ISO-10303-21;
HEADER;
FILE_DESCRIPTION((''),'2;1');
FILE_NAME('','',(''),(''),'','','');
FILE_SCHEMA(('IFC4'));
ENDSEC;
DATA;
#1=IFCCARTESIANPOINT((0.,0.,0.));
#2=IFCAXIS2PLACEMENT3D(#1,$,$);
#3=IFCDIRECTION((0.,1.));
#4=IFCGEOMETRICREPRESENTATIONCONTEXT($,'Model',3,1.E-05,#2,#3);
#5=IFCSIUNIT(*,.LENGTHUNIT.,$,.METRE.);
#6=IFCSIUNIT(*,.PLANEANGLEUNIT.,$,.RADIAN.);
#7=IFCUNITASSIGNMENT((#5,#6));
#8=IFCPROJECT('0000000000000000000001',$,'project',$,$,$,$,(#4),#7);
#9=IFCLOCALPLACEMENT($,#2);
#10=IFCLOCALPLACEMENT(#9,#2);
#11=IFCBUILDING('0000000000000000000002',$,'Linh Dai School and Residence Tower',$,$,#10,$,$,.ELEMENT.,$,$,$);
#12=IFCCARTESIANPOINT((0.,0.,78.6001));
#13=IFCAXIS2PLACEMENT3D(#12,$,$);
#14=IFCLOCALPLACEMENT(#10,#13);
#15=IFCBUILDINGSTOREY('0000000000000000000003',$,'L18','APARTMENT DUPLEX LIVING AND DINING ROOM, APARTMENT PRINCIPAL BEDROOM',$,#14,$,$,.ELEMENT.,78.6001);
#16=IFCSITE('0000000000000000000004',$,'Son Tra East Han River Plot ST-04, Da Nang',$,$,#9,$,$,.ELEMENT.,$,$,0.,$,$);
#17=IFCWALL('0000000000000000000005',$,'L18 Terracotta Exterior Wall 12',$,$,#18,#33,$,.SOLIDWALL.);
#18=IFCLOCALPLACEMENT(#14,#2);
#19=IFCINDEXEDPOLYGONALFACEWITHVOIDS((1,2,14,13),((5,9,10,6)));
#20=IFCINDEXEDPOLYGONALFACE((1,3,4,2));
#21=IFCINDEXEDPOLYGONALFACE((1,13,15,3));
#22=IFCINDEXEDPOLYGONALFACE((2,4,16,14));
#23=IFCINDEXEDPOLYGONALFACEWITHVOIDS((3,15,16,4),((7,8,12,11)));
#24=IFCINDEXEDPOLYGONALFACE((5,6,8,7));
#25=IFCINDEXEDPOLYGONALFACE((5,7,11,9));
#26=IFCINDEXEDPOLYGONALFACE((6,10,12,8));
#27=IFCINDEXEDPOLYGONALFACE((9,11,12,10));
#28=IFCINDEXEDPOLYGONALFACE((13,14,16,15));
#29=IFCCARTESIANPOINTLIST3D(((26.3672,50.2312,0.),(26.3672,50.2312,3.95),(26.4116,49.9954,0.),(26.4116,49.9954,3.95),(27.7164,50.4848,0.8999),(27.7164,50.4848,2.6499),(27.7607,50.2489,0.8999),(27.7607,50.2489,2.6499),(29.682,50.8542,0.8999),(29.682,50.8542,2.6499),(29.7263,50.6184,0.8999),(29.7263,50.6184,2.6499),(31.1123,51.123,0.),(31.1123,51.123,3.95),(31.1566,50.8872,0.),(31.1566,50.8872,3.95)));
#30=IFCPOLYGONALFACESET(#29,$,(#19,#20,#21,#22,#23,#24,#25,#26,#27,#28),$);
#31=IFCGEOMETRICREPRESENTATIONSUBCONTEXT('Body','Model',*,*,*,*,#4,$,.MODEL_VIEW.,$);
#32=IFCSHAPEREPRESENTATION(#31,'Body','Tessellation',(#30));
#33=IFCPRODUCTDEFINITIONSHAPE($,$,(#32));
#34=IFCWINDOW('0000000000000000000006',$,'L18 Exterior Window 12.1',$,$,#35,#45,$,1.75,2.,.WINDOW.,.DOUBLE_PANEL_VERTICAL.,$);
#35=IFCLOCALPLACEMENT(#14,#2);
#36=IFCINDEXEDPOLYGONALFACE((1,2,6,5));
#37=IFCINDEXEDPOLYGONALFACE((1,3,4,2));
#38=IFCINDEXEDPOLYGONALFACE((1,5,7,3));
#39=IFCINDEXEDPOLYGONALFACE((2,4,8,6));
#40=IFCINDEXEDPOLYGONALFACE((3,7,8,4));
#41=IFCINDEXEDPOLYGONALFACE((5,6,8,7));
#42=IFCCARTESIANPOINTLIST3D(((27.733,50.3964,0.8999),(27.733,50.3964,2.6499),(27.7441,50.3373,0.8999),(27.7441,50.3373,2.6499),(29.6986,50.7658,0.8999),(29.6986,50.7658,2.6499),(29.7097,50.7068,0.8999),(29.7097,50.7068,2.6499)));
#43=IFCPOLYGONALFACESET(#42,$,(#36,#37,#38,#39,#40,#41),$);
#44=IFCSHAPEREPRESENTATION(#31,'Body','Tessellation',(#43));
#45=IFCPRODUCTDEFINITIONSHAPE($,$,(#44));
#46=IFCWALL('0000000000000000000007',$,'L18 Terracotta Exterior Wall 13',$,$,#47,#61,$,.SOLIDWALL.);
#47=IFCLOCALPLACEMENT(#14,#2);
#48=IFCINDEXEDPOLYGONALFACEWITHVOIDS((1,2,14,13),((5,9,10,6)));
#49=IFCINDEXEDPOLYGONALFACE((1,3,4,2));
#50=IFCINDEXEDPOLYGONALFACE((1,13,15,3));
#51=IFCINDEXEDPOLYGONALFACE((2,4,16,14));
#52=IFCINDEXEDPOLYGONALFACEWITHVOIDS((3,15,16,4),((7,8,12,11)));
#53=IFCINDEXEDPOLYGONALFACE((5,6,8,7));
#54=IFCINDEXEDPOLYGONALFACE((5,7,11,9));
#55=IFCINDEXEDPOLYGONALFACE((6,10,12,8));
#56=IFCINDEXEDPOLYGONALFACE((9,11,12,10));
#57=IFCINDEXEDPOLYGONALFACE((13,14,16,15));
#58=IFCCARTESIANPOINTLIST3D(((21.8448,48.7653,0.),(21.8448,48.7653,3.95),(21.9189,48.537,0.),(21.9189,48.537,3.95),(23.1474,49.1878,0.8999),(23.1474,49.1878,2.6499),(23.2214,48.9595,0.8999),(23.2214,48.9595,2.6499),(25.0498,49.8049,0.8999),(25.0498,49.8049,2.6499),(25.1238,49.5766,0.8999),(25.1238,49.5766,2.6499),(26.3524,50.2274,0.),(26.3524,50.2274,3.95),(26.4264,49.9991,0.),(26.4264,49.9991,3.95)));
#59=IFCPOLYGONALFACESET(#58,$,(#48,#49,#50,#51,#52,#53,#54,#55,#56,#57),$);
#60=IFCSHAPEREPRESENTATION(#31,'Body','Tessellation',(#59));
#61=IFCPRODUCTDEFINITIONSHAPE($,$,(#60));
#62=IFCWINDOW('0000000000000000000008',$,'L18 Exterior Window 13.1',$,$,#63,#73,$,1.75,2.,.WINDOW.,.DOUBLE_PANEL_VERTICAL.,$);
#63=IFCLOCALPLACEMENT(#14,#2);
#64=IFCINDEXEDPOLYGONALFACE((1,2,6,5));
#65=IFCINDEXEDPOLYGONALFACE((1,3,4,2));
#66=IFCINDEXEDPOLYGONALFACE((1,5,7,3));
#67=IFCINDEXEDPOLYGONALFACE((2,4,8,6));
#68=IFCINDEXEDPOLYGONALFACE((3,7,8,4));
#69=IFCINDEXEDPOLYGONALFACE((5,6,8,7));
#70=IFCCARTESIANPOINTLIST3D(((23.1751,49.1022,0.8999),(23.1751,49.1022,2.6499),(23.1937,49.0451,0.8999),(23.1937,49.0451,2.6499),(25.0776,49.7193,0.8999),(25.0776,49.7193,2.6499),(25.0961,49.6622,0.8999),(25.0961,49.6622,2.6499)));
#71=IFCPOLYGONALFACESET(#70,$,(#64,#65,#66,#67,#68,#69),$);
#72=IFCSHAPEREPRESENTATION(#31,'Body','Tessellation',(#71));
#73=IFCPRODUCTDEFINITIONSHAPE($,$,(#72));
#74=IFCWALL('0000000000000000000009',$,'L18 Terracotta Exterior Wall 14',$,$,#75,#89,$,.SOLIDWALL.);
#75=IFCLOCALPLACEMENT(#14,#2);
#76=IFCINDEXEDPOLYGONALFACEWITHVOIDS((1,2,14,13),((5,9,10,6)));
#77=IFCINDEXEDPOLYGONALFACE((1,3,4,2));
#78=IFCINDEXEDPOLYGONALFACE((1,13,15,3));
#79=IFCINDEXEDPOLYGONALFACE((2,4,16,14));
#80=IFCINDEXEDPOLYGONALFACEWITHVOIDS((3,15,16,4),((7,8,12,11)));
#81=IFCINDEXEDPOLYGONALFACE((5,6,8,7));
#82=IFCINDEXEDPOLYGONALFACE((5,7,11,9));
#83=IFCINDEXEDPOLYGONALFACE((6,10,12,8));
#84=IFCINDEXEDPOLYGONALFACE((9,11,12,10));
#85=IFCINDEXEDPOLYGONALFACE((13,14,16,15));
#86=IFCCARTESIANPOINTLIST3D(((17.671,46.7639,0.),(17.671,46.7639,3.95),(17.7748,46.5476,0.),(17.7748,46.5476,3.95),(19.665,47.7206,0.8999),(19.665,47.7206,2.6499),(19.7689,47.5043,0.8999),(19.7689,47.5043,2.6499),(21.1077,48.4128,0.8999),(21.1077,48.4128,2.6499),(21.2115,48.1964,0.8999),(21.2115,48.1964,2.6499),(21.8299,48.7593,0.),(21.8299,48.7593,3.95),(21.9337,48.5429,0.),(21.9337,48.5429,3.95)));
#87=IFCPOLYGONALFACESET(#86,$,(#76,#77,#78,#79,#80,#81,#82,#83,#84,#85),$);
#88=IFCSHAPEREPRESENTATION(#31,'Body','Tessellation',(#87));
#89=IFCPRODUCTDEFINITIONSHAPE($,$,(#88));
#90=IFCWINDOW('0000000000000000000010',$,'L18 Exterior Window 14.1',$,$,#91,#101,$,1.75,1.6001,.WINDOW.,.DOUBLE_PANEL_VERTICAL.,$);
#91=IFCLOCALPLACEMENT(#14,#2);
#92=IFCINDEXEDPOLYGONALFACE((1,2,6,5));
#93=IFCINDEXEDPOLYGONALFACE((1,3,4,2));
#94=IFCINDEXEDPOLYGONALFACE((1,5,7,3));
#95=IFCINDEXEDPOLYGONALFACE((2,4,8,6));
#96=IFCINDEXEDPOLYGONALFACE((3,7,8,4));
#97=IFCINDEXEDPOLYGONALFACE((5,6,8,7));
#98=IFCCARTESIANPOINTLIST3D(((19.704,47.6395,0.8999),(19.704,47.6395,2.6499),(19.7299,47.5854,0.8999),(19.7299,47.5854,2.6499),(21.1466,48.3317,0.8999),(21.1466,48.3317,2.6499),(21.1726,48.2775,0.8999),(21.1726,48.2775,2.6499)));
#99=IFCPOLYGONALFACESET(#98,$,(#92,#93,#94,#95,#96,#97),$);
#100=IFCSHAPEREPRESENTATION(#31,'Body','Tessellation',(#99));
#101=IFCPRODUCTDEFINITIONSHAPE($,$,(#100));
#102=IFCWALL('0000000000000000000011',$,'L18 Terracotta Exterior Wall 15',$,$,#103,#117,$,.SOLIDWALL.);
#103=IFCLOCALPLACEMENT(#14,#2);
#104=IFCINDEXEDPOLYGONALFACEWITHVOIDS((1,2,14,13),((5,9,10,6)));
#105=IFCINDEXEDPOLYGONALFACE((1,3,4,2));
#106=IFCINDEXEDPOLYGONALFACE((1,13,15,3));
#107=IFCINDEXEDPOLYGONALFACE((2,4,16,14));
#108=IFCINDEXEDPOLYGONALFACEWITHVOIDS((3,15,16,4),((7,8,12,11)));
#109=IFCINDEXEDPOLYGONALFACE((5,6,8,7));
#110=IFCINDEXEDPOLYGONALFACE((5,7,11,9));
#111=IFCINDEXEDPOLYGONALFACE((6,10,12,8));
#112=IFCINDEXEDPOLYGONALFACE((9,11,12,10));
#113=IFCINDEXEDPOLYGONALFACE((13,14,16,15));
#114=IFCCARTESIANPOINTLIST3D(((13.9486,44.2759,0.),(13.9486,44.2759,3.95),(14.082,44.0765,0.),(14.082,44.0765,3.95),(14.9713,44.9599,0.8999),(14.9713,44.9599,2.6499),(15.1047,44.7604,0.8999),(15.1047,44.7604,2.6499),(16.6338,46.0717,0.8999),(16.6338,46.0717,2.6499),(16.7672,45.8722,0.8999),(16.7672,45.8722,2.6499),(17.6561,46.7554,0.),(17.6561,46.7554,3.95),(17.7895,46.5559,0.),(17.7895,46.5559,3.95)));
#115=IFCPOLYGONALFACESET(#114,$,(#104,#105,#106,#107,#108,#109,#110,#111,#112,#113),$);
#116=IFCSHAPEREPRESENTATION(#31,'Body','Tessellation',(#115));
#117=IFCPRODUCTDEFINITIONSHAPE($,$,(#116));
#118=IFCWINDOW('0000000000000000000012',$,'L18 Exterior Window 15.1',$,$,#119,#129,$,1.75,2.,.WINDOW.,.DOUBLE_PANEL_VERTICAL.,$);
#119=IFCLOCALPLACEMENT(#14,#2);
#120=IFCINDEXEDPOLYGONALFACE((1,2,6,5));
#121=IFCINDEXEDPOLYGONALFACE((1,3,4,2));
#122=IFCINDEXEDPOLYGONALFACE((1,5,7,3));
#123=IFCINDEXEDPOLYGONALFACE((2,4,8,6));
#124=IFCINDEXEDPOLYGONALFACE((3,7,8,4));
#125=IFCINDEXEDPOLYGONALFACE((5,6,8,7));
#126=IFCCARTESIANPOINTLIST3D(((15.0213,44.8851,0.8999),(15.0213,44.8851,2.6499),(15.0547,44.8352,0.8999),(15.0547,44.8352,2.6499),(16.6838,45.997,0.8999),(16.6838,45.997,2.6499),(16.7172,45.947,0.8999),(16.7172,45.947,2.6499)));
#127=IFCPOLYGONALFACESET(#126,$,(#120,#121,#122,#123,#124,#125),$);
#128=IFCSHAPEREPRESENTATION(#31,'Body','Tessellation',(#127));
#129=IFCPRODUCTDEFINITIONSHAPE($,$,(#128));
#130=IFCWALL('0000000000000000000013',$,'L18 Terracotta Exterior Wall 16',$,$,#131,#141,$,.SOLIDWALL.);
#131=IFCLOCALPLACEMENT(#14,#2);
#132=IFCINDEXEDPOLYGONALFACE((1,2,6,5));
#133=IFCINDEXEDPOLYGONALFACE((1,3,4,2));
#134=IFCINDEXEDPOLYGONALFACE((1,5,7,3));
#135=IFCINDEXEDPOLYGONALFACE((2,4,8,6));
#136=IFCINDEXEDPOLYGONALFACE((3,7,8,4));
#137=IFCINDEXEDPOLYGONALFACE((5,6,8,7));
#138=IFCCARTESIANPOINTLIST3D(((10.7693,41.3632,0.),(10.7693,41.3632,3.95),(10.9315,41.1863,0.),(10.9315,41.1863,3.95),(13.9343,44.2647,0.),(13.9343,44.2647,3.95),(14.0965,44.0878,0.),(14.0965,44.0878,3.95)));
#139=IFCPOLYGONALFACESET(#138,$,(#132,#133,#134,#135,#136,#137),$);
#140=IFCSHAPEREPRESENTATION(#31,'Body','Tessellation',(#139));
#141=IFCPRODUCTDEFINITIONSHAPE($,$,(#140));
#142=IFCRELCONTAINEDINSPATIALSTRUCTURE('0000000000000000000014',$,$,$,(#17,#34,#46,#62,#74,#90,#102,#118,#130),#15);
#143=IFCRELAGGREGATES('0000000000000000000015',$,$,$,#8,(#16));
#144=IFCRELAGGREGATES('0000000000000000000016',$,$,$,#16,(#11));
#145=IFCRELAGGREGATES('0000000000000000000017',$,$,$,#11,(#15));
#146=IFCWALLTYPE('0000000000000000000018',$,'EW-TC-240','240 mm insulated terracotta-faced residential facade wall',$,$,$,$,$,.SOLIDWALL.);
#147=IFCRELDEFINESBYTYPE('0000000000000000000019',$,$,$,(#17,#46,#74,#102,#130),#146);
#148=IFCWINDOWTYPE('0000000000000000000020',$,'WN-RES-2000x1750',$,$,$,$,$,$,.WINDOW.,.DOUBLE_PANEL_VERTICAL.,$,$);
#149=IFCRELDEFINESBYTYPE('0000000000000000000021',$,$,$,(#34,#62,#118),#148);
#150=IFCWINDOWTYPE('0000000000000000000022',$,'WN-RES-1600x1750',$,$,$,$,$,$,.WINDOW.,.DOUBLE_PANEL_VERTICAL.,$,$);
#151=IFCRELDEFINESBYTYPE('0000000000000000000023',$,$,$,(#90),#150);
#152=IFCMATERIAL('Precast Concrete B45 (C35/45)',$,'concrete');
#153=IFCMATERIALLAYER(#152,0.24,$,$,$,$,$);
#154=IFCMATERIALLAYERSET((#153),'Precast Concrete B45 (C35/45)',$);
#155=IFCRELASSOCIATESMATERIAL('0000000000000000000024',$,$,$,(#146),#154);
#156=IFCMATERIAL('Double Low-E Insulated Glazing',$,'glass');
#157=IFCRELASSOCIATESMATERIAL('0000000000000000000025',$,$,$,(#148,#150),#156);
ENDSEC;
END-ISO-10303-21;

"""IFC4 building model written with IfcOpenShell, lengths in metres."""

from ifc_helpers import new_model, si_unit, direction, frame, frame_2d, origin, origin_2d, place, context, subcontext, project, spatial, rectangle, extrude, source, transform, mapped, material, layer, layer_set, type_object, element, fill, save


model = new_model("IFC4")

# Units and contexts
model_context = context("Model", 3, precision=1e-05, world=origin(), true_north=direction((0.0, 1.0)))
body_context = subcontext(model_context, "Body", "Model", "MODEL_VIEW")
ifc_project = project(units=[si_unit("LENGTHUNIT", "METRE"), si_unit("PLANEANGLEUNIT", "RADIAN")], contexts=[model_context])

# Site, building, storey
site_placement = place(None, origin())
site = spatial("IfcSite", under=ifc_project, at=site_placement, Name="Son Tra East Han River Plot ST-04, Da Nang", CompositionType="ELEMENT", RefElevation=0.0)
building_placement = place(site_placement, origin())
building = spatial("IfcBuilding", under=site, at=building_placement, Name="Linh Dai School and Residence Tower", CompositionType="ELEMENT")
storey_placement = place(building_placement, frame((0.0, 0.0, 78.6001)))
storey = spatial("IfcBuildingStorey", under=building, at=storey_placement, Name="L18", Description="APARTMENT DUPLEX LIVING AND DINING ROOM, APARTMENT PRINCIPAL BEDROOM", CompositionType="ELEMENT", Elevation=78.6001)

# Shared definitions
ifc_material_1 = material(Name="Precast Concrete B45 (C35/45)", Category="concrete")

# Walls, openings, windows
ifc_layer_1 = layer(ifc_material_1, 0.24)
ifc_layer_set_1 = layer_set([ifc_layer_1], Name="Precast Concrete B45 (C35/45)")
wall_type_1 = type_object("IfcWallType", Name="EW-TC-240", Description="240 mm insulated terracotta-faced residential facade wall", PredefinedType="SOLIDWALL", material=ifc_layer_set_1)
wall_1_placement = place(storey_placement, frame((26.3894, 50.1133, 0.0), z_axis=(0.0, 0.0, 1.0), x_axis=(0.982792, 0.184716, 0.0)))
wall_1 = element("IfcWall", 1, at=wall_1_placement, inside=storey, type_object=wall_type_1, Name="L18 Terracotta Exterior Wall 12", PredefinedType="SOLIDWALL", context=body_context, shape_type="SweptSolid", body=[
    extrude(rectangle(XDim=4.8281, YDim=0.24, at=frame_2d((2.4141, 0.0))), origin(), (0.0, 0.0, 1.0), 3.95),
])
opening_1_placement = place(wall_1_placement, frame((1.3728, 0.0, 0.8999)))
opening_1 = element("IfcOpeningElement", 2, at=opening_1_placement, cuts=wall_1, PredefinedType="OPENING", context=body_context, shape_type="SweptSolid", body=[
    extrude(rectangle(XDim=2.0, YDim=1.75, at=origin_2d()), frame((1.0, 0.1299, 0.875), z_axis=(0.0, -1.0, 0.0), x_axis=(1.0, 0.0, 0.0)), (0.0, 0.0, 1.0), 0.26),
])
ifc_material_2 = material(Name="Double Low-E Insulated Glazing", Category="glass")
window_type_1 = type_object("IfcWindowType", Name="WN-RES-2000x1750", PartitioningType="DOUBLE_PANEL_VERTICAL", PredefinedType="WINDOW", material=ifc_material_2)
shared_shape_1 = source(origin(), body_context, "Body", "SweptSolid", [
    extrude(rectangle(XDim=2.0, YDim=1.75, at=origin_2d()), frame((1.0, 0.03, 0.875), z_axis=(0.0, -1.0, 0.0), x_axis=(1.0, 0.0, 0.0)), (0.0, 0.0, 1.0), 0.0601),
])
window_1_placement = place(opening_1_placement, origin())
window_1 = element("IfcWindow", 3, at=window_1_placement, inside=storey, type_object=window_type_1, Name="L18 Exterior Window 12.1", OverallHeight=1.75, OverallWidth=2.0, PartitioningType="DOUBLE_PANEL_VERTICAL", PredefinedType="WINDOW", context=body_context, shape_type="MappedRepresentation", body=[
    mapped(shared_shape_1, transform((0.0, 0.0, 0.0), x_axis=(1.0, 0.0, 0.0), y_axis=(0.0, 1.0, 0.0), z_axis=(0.0, 0.0, 1.0), scale=1.0)),
])
fill(opening_1, window_1)
wall_2_placement = place(storey_placement, frame((21.8818, 48.6511, 0.0), z_axis=(0.0, 0.0, 1.0), x_axis=(0.951208, 0.308551, 0.0)))
wall_2 = element("IfcWall", 4, at=wall_2_placement, inside=storey, type_object=wall_type_1, Name="L18 Terracotta Exterior Wall 13", PredefinedType="SOLIDWALL", context=body_context, shape_type="SweptSolid", body=[
    extrude(rectangle(XDim=4.7388, YDim=0.24, at=frame_2d((2.3694, 0.0))), origin(), (0.0, 0.0, 1.0), 3.95),
])
opening_2_placement = place(wall_2_placement, frame((1.3694, 0.0, 0.8999)))
opening_2 = element("IfcOpeningElement", 5, at=opening_2_placement, cuts=wall_2, PredefinedType="OPENING", context=body_context, shape_type="SweptSolid", body=[
    extrude(rectangle(XDim=2.0, YDim=1.75, at=origin_2d()), frame((1.0, 0.1299, 0.875), z_axis=(0.0, -1.0, 0.0), x_axis=(1.0, 0.0, 0.0)), (0.0, 0.0, 1.0), 0.26),
])
window_2_placement = place(opening_2_placement, origin())
window_2 = element("IfcWindow", 6, at=window_2_placement, inside=storey, type_object=window_type_1, Name="L18 Exterior Window 13.1", OverallHeight=1.75, OverallWidth=2.0, PartitioningType="DOUBLE_PANEL_VERTICAL", PredefinedType="WINDOW", context=body_context, shape_type="MappedRepresentation", body=[
    mapped(shared_shape_1, transform((0.0, 0.0, 0.0), x_axis=(1.0, 0.0, 0.0), y_axis=(0.0, 1.0, 0.0), z_axis=(0.0, 0.0, 1.0), scale=1.0)),
])
fill(opening_2, window_2)
wall_3_placement = place(storey_placement, frame((17.7229, 46.6558, 0.0), z_axis=(0.0, 0.0, 1.0), x_axis=(0.901602, 0.432568, 0.0)))
wall_3 = element("IfcWall", 7, at=wall_3_placement, inside=storey, type_object=wall_type_1, Name="L18 Terracotta Exterior Wall 14", PredefinedType="SOLIDWALL", context=body_context, shape_type="SweptSolid", body=[
    extrude(rectangle(XDim=4.6128, YDim=0.24, at=frame_2d((2.3064, 0.0))), origin(), (0.0, 0.0, 1.0), 3.95),
])
opening_3_placement = place(wall_3_placement, frame((2.2117, 0.0, 0.8999)))
opening_3 = element("IfcOpeningElement", 8, at=opening_3_placement, cuts=wall_3, PredefinedType="OPENING", context=body_context, shape_type="SweptSolid", body=[
    extrude(rectangle(XDim=1.6001, YDim=1.75, at=origin_2d()), frame((0.8, 0.1299, 0.875), z_axis=(0.0, -1.0, 0.0), x_axis=(1.0, 0.0, 0.0)), (0.0, 0.0, 1.0), 0.26),
])
window_type_2 = type_object("IfcWindowType", Name="WN-RES-1600x1750", PartitioningType="DOUBLE_PANEL_VERTICAL", PredefinedType="WINDOW", material=ifc_material_2)
shared_shape_2 = source(origin(), body_context, "Body", "SweptSolid", [
    extrude(rectangle(XDim=1.6001, YDim=1.75, at=origin_2d()), frame((0.8, 0.03, 0.875), z_axis=(0.0, -1.0, 0.0), x_axis=(1.0, 0.0, 0.0)), (0.0, 0.0, 1.0), 0.0601),
])
window_3_placement = place(opening_3_placement, origin())
window_3 = element("IfcWindow", 9, at=window_3_placement, inside=storey, type_object=window_type_2, Name="L18 Exterior Window 14.1", OverallHeight=1.75, OverallWidth=1.6001, PartitioningType="DOUBLE_PANEL_VERTICAL", PredefinedType="WINDOW", context=body_context, shape_type="MappedRepresentation", body=[
    mapped(shared_shape_2, transform((0.0, 0.0, 0.0), x_axis=(1.0, 0.0, 0.0), y_axis=(0.0, 1.0, 0.0), z_axis=(0.0, 0.0, 1.0), scale=1.0)),
])
fill(opening_3, window_3)
wall_4_placement = place(storey_placement, frame((14.0154, 44.1763, 0.0), z_axis=(0.0, 0.0, 1.0), x_axis=(0.831241, 0.555912, 0.0)))
wall_4 = element("IfcWall", 10, at=wall_4_placement, inside=storey, type_object=wall_type_1, Name="L18 Terracotta Exterior Wall 15", PredefinedType="SOLIDWALL", context=body_context, shape_type="SweptSolid", body=[
    extrude(rectangle(XDim=4.4602, YDim=0.24, at=frame_2d((2.23, 0.0))), origin(), (0.0, 0.0, 1.0), 3.95),
])
opening_4_placement = place(wall_4_placement, frame((1.2302, 0.0, 0.8999)))
opening_4 = element("IfcOpeningElement", 11, at=opening_4_placement, cuts=wall_4, PredefinedType="OPENING", context=body_context, shape_type="SweptSolid", body=[
    extrude(rectangle(XDim=2.0, YDim=1.75, at=origin_2d()), frame((1.0, 0.1299, 0.875), z_axis=(0.0, -1.0, 0.0), x_axis=(1.0, 0.0, 0.0)), (0.0, 0.0, 1.0), 0.26),
])
window_4_placement = place(opening_4_placement, origin())
window_4 = element("IfcWindow", 12, at=window_4_placement, inside=storey, type_object=window_type_1, Name="L18 Exterior Window 15.1", OverallHeight=1.75, OverallWidth=2.0, PartitioningType="DOUBLE_PANEL_VERTICAL", PredefinedType="WINDOW", context=body_context, shape_type="MappedRepresentation", body=[
    mapped(shared_shape_1, transform((0.0, 0.0, 0.0), x_axis=(1.0, 0.0, 0.0), y_axis=(0.0, 1.0, 0.0), z_axis=(0.0, 0.0, 1.0), scale=1.0)),
])
fill(opening_4, window_4)

# Wall
wall_5_placement = place(storey_placement, frame((10.8503, 41.2747, 0.0), z_axis=(0.0, 0.0, 1.0), x_axis=(0.737116, 0.675766, 0.0)))
element("IfcWall", 13, at=wall_5_placement, inside=storey, type_object=wall_type_1, Name="L18 Terracotta Exterior Wall 16", PredefinedType="SOLIDWALL", context=body_context, shape_type="SweptSolid", body=[
    extrude(rectangle(XDim=4.2937, YDim=0.24, at=frame_2d((2.147, 0.0))), origin(), (0.0, 0.0, 1.0), 3.95),
])

save(model, "model.ifc")
